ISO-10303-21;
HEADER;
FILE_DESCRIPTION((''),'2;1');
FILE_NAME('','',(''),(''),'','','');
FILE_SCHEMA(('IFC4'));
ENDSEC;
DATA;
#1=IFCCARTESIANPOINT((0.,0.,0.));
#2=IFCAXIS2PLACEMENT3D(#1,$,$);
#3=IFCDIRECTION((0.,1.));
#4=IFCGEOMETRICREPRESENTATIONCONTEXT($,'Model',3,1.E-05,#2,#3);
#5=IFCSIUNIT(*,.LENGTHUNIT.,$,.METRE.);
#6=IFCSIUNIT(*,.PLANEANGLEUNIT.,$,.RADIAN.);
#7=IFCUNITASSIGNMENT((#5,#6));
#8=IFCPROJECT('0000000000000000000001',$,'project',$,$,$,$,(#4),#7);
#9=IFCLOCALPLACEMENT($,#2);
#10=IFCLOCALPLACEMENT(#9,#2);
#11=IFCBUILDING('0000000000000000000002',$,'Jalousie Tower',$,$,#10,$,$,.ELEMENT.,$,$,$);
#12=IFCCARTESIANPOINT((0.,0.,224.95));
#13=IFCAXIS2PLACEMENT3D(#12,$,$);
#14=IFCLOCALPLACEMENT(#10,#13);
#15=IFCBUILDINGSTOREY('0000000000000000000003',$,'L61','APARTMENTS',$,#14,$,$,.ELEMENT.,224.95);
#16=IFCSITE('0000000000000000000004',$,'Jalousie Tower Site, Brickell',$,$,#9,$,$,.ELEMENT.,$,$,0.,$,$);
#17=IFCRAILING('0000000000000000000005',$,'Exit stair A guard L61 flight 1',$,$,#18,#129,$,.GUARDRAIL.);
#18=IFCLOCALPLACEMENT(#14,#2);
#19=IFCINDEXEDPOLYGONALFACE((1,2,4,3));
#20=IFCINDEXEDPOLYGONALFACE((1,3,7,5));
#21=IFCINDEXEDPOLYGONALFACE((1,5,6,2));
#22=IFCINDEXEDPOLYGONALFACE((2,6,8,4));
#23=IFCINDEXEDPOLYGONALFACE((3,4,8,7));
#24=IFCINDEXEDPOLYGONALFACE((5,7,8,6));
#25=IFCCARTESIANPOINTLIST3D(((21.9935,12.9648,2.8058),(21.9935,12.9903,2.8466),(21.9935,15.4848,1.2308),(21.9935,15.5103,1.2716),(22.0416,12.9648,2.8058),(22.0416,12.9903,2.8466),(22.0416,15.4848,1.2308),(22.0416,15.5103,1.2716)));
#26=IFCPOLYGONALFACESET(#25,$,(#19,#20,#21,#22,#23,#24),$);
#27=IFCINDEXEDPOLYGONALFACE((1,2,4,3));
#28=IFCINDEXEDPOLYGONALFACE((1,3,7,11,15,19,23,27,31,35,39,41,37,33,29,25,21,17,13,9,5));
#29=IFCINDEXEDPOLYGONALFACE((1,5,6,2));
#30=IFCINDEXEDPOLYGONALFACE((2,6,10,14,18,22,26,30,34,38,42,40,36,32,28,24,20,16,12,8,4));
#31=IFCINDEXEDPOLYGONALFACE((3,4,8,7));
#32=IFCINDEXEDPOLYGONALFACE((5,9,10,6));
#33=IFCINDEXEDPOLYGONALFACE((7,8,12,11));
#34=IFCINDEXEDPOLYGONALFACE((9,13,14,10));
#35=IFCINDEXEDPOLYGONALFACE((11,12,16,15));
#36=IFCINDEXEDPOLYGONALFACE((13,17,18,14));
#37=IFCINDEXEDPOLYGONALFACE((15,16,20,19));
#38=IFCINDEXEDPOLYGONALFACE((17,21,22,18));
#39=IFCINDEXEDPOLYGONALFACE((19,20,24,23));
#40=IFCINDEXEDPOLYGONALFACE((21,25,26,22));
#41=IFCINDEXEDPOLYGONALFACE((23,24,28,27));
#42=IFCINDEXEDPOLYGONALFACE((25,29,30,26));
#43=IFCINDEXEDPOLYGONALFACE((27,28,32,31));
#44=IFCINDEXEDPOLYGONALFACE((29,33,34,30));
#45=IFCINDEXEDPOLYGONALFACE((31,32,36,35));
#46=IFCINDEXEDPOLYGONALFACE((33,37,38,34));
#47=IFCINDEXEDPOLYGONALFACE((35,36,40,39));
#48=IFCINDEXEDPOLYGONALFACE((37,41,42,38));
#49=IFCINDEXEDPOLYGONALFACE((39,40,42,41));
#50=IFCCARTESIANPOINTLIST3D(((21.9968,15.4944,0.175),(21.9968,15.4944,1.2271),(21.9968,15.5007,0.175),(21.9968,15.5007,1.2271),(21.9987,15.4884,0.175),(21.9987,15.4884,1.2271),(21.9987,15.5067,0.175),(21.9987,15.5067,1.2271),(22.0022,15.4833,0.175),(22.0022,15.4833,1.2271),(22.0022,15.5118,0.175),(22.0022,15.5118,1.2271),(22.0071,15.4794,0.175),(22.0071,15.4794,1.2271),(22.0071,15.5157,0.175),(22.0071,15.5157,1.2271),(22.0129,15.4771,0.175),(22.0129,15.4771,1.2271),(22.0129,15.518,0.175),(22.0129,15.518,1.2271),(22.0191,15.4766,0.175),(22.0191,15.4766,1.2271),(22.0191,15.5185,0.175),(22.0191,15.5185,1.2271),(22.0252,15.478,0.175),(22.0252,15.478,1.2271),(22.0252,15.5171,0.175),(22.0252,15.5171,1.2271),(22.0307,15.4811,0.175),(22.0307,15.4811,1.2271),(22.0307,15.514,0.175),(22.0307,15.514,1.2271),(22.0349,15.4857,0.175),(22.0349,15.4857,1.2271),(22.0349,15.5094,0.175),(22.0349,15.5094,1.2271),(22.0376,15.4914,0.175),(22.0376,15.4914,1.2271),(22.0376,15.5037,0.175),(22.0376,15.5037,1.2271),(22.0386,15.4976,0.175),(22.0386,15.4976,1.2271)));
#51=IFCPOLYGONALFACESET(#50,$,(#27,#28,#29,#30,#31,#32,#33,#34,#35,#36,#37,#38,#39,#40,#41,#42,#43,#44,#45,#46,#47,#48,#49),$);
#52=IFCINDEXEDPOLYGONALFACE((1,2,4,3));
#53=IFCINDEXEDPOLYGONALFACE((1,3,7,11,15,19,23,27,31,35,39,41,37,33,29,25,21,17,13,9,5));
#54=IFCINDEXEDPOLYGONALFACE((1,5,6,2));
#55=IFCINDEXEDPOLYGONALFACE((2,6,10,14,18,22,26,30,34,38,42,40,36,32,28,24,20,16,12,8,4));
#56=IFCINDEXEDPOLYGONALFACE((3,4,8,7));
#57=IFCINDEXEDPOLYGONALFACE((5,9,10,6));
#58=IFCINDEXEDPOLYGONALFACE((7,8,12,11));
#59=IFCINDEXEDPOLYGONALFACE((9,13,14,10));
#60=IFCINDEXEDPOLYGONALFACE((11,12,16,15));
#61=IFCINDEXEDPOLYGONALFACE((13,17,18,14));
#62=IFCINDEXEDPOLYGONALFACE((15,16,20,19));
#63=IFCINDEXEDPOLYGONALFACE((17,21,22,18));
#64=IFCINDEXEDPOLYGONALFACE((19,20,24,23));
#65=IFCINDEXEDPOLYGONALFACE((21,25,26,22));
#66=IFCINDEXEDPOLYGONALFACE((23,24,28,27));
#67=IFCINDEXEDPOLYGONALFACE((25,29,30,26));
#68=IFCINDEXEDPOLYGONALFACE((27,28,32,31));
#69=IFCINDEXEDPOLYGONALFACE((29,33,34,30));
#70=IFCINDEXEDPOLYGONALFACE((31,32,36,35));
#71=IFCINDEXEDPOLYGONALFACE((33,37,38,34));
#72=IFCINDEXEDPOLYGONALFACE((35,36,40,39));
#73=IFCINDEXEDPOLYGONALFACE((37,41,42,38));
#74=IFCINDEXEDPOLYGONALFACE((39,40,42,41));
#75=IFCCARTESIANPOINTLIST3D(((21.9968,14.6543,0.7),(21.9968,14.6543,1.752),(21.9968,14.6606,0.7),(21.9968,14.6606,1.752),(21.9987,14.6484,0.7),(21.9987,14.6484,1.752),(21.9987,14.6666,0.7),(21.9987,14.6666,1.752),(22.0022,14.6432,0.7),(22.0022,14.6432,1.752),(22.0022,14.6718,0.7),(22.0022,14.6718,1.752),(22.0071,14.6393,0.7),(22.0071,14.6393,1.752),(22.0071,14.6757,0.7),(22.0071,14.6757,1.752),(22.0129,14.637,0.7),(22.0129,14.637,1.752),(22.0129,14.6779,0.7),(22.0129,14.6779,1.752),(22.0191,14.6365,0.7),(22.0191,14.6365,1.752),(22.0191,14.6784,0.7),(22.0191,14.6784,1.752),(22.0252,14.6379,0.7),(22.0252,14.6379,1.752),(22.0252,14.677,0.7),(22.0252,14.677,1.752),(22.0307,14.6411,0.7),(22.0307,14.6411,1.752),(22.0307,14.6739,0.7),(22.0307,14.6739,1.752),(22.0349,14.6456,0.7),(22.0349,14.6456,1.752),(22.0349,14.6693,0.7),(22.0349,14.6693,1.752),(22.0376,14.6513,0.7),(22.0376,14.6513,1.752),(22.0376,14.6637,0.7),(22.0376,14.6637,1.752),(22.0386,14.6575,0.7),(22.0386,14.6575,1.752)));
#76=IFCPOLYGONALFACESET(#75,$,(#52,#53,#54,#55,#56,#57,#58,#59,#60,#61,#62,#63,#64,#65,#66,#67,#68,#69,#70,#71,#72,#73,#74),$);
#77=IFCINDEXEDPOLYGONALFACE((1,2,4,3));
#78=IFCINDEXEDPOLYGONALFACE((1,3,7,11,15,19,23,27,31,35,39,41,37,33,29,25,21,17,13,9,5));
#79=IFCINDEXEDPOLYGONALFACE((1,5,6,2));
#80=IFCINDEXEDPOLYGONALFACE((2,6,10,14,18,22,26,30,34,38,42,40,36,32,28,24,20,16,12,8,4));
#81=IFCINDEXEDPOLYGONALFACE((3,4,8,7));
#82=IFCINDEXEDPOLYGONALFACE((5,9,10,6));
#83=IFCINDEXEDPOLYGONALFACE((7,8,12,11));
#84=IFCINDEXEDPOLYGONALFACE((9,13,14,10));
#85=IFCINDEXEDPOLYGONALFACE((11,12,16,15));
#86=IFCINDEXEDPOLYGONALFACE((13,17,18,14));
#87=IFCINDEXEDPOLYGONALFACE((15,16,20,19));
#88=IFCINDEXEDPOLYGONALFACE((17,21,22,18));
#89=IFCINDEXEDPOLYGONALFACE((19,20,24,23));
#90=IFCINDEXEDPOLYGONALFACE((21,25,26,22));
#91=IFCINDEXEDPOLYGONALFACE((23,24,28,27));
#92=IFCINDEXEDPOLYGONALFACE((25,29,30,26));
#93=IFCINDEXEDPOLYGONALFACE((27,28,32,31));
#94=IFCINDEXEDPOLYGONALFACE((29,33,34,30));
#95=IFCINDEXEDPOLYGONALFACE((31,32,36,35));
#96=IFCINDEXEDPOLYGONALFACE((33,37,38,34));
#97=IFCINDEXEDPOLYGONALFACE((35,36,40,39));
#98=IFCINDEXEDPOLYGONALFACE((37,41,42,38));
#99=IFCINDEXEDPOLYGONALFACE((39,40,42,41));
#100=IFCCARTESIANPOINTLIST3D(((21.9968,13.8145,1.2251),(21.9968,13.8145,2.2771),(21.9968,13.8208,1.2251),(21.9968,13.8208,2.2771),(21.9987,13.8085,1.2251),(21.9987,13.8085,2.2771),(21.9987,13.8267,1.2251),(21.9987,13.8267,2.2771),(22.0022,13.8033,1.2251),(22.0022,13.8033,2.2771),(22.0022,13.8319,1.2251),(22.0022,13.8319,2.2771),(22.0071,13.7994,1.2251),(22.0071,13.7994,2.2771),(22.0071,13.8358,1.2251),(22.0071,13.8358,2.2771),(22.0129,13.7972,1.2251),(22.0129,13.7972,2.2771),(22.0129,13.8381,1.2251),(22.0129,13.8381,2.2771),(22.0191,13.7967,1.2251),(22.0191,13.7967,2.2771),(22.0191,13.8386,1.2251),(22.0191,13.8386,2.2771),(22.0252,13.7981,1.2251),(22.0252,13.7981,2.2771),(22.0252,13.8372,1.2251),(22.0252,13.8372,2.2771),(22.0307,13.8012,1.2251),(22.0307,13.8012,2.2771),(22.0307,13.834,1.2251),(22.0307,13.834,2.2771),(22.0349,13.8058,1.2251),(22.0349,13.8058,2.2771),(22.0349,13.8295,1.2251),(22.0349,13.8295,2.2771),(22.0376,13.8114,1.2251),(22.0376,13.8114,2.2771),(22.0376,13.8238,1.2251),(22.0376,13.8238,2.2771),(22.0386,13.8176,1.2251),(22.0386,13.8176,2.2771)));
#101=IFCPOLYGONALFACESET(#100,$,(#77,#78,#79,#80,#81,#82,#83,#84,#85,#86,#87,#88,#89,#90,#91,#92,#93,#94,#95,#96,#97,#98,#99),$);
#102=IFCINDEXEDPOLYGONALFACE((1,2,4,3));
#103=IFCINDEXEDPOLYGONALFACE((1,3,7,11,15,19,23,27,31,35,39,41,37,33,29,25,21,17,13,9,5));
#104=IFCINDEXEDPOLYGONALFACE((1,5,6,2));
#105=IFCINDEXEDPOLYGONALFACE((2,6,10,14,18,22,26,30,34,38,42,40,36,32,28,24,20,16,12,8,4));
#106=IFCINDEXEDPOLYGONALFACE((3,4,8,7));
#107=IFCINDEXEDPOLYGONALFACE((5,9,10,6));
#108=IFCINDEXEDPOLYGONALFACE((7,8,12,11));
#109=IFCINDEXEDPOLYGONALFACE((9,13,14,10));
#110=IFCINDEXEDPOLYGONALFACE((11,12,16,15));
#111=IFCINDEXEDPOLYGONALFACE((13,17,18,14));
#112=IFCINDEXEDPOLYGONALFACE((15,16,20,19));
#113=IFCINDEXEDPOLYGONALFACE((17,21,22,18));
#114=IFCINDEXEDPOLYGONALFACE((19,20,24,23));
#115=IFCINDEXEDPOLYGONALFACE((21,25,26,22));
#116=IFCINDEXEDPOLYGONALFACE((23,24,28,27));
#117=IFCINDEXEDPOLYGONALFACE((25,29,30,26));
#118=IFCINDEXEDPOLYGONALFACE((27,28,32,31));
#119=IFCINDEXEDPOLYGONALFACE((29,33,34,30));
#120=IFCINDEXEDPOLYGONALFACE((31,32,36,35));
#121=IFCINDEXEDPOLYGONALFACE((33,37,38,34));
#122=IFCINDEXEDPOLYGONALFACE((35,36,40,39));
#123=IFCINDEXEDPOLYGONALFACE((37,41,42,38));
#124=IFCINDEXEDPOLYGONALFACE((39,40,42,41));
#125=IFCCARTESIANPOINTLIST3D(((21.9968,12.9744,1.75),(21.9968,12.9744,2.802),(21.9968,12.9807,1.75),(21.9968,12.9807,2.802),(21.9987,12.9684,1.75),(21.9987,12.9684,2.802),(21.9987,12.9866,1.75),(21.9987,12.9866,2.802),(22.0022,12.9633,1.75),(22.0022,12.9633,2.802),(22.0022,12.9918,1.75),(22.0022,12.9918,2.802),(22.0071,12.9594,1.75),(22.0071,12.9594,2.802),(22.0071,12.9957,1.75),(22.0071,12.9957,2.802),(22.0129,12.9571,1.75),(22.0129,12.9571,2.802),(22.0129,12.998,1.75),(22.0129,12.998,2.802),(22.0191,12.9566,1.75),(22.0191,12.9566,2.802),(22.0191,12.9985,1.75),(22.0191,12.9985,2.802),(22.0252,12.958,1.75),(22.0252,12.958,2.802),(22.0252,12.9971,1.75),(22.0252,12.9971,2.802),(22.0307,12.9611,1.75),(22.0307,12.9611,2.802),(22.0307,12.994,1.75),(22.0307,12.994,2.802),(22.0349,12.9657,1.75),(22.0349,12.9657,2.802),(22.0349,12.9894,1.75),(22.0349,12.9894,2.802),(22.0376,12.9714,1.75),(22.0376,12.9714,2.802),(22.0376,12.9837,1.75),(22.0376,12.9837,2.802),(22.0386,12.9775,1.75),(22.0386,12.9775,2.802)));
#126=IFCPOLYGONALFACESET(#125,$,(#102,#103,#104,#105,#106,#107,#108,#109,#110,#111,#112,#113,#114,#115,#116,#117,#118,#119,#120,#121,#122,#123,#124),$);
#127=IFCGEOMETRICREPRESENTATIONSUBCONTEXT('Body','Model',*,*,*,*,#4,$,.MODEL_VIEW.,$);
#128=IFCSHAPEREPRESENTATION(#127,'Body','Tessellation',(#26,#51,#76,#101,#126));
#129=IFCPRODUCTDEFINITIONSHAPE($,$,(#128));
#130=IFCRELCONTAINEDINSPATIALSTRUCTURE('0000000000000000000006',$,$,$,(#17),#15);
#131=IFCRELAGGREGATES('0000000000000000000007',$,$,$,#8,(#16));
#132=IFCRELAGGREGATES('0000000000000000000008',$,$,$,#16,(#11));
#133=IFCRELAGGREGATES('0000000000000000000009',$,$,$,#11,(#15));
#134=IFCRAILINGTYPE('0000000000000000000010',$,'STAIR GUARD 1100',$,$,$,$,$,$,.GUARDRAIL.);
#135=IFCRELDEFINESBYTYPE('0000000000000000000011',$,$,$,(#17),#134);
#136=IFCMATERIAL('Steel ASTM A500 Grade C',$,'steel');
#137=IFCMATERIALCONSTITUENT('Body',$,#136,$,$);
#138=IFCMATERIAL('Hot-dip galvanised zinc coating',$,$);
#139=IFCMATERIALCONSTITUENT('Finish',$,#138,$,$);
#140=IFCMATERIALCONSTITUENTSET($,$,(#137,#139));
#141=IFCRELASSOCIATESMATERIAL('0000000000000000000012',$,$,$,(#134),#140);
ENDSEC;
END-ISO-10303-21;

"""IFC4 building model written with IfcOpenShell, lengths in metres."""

from ifc_helpers import new_model, si_unit, direction, frame, origin, origin_2d, place, context, subcontext, project, spatial, rectangle, circle, extrude, material, constituent, constituent_set, type_object, element, save


model = new_model("IFC4")

# Units and contexts
model_context = context("Model", 3, precision=1e-05, world=origin(), true_north=direction((0.0, 1.0)))
body_context = subcontext(model_context, "Body", "Model", "MODEL_VIEW")
ifc_project = project(units=[si_unit("LENGTHUNIT", "METRE"), si_unit("PLANEANGLEUNIT", "RADIAN")], contexts=[model_context])

# Site, building, storey
site_placement = place(None, origin())
site = spatial("IfcSite", under=ifc_project, at=site_placement, Name="Jalousie Tower Site, Brickell", CompositionType="ELEMENT", RefElevation=0.0)
building_placement = place(site_placement, origin())
building = spatial("IfcBuilding", under=site, at=building_placement, Name="Jalousie Tower", CompositionType="ELEMENT")
storey_placement = place(building_placement, frame((0.0, 0.0, 224.95)))
storey = spatial("IfcBuildingStorey", under=building, at=storey_placement, Name="L61", Description="APARTMENTS", CompositionType="ELEMENT", Elevation=224.95)

# Railing
ifc_material_1 = material(Name="Steel ASTM A500 Grade C", Category="steel")
ifc_constituent_1 = constituent(ifc_material_1, Name="Body")
ifc_material_2 = material(Name="Hot-dip galvanised zinc coating")
ifc_constituent_2 = constituent(ifc_material_2, Name="Finish")
ifc_constituent_set_1 = constituent_set(constituents=[ifc_constituent_1, ifc_constituent_2])
railing_type = type_object("IfcRailingType", Name="STAIR GUARD 1100", PredefinedType="GUARDRAIL", material=ifc_constituent_set_1)
railing_placement = place(storey_placement, frame((22.0176, 15.4976, 0.175)))
element("IfcRailing", 1, at=railing_placement, inside=storey, type_object=railing_type, Name="Exit stair A guard L61 flight 1", PredefinedType="GUARDRAIL", context=body_context, shape_type="SweptSolid", body=[
    extrude(rectangle(XDim=0.0481, YDim=0.0481, at=origin_2d()), frame((0.0, 0.0, 1.0762), z_axis=(0.0, -0.848008, 0.529984), x_axis=(1.0, 0.0, 0.0)), (0.0, 0.0, 1.0), 2.9717),
    extrude(circle(Radius=0.021, at=origin_2d()), origin(), (0.0, 0.0, 1.0), 1.052),
    extrude(circle(Radius=0.021, at=origin_2d()), frame((0.0, -0.8401, 0.5249)), (0.0, 0.0, 1.0), 1.052),
    extrude(circle(Radius=0.021, at=origin_2d()), frame((0.0, -1.6799, 1.05)), (0.0, 0.0, 1.0), 1.052),
    extrude(circle(Radius=0.021, at=origin_2d()), frame((0.0, -2.52, 1.575)), (0.0, 0.0, 1.0), 1.052),
])

save(model, "model.ifc")
